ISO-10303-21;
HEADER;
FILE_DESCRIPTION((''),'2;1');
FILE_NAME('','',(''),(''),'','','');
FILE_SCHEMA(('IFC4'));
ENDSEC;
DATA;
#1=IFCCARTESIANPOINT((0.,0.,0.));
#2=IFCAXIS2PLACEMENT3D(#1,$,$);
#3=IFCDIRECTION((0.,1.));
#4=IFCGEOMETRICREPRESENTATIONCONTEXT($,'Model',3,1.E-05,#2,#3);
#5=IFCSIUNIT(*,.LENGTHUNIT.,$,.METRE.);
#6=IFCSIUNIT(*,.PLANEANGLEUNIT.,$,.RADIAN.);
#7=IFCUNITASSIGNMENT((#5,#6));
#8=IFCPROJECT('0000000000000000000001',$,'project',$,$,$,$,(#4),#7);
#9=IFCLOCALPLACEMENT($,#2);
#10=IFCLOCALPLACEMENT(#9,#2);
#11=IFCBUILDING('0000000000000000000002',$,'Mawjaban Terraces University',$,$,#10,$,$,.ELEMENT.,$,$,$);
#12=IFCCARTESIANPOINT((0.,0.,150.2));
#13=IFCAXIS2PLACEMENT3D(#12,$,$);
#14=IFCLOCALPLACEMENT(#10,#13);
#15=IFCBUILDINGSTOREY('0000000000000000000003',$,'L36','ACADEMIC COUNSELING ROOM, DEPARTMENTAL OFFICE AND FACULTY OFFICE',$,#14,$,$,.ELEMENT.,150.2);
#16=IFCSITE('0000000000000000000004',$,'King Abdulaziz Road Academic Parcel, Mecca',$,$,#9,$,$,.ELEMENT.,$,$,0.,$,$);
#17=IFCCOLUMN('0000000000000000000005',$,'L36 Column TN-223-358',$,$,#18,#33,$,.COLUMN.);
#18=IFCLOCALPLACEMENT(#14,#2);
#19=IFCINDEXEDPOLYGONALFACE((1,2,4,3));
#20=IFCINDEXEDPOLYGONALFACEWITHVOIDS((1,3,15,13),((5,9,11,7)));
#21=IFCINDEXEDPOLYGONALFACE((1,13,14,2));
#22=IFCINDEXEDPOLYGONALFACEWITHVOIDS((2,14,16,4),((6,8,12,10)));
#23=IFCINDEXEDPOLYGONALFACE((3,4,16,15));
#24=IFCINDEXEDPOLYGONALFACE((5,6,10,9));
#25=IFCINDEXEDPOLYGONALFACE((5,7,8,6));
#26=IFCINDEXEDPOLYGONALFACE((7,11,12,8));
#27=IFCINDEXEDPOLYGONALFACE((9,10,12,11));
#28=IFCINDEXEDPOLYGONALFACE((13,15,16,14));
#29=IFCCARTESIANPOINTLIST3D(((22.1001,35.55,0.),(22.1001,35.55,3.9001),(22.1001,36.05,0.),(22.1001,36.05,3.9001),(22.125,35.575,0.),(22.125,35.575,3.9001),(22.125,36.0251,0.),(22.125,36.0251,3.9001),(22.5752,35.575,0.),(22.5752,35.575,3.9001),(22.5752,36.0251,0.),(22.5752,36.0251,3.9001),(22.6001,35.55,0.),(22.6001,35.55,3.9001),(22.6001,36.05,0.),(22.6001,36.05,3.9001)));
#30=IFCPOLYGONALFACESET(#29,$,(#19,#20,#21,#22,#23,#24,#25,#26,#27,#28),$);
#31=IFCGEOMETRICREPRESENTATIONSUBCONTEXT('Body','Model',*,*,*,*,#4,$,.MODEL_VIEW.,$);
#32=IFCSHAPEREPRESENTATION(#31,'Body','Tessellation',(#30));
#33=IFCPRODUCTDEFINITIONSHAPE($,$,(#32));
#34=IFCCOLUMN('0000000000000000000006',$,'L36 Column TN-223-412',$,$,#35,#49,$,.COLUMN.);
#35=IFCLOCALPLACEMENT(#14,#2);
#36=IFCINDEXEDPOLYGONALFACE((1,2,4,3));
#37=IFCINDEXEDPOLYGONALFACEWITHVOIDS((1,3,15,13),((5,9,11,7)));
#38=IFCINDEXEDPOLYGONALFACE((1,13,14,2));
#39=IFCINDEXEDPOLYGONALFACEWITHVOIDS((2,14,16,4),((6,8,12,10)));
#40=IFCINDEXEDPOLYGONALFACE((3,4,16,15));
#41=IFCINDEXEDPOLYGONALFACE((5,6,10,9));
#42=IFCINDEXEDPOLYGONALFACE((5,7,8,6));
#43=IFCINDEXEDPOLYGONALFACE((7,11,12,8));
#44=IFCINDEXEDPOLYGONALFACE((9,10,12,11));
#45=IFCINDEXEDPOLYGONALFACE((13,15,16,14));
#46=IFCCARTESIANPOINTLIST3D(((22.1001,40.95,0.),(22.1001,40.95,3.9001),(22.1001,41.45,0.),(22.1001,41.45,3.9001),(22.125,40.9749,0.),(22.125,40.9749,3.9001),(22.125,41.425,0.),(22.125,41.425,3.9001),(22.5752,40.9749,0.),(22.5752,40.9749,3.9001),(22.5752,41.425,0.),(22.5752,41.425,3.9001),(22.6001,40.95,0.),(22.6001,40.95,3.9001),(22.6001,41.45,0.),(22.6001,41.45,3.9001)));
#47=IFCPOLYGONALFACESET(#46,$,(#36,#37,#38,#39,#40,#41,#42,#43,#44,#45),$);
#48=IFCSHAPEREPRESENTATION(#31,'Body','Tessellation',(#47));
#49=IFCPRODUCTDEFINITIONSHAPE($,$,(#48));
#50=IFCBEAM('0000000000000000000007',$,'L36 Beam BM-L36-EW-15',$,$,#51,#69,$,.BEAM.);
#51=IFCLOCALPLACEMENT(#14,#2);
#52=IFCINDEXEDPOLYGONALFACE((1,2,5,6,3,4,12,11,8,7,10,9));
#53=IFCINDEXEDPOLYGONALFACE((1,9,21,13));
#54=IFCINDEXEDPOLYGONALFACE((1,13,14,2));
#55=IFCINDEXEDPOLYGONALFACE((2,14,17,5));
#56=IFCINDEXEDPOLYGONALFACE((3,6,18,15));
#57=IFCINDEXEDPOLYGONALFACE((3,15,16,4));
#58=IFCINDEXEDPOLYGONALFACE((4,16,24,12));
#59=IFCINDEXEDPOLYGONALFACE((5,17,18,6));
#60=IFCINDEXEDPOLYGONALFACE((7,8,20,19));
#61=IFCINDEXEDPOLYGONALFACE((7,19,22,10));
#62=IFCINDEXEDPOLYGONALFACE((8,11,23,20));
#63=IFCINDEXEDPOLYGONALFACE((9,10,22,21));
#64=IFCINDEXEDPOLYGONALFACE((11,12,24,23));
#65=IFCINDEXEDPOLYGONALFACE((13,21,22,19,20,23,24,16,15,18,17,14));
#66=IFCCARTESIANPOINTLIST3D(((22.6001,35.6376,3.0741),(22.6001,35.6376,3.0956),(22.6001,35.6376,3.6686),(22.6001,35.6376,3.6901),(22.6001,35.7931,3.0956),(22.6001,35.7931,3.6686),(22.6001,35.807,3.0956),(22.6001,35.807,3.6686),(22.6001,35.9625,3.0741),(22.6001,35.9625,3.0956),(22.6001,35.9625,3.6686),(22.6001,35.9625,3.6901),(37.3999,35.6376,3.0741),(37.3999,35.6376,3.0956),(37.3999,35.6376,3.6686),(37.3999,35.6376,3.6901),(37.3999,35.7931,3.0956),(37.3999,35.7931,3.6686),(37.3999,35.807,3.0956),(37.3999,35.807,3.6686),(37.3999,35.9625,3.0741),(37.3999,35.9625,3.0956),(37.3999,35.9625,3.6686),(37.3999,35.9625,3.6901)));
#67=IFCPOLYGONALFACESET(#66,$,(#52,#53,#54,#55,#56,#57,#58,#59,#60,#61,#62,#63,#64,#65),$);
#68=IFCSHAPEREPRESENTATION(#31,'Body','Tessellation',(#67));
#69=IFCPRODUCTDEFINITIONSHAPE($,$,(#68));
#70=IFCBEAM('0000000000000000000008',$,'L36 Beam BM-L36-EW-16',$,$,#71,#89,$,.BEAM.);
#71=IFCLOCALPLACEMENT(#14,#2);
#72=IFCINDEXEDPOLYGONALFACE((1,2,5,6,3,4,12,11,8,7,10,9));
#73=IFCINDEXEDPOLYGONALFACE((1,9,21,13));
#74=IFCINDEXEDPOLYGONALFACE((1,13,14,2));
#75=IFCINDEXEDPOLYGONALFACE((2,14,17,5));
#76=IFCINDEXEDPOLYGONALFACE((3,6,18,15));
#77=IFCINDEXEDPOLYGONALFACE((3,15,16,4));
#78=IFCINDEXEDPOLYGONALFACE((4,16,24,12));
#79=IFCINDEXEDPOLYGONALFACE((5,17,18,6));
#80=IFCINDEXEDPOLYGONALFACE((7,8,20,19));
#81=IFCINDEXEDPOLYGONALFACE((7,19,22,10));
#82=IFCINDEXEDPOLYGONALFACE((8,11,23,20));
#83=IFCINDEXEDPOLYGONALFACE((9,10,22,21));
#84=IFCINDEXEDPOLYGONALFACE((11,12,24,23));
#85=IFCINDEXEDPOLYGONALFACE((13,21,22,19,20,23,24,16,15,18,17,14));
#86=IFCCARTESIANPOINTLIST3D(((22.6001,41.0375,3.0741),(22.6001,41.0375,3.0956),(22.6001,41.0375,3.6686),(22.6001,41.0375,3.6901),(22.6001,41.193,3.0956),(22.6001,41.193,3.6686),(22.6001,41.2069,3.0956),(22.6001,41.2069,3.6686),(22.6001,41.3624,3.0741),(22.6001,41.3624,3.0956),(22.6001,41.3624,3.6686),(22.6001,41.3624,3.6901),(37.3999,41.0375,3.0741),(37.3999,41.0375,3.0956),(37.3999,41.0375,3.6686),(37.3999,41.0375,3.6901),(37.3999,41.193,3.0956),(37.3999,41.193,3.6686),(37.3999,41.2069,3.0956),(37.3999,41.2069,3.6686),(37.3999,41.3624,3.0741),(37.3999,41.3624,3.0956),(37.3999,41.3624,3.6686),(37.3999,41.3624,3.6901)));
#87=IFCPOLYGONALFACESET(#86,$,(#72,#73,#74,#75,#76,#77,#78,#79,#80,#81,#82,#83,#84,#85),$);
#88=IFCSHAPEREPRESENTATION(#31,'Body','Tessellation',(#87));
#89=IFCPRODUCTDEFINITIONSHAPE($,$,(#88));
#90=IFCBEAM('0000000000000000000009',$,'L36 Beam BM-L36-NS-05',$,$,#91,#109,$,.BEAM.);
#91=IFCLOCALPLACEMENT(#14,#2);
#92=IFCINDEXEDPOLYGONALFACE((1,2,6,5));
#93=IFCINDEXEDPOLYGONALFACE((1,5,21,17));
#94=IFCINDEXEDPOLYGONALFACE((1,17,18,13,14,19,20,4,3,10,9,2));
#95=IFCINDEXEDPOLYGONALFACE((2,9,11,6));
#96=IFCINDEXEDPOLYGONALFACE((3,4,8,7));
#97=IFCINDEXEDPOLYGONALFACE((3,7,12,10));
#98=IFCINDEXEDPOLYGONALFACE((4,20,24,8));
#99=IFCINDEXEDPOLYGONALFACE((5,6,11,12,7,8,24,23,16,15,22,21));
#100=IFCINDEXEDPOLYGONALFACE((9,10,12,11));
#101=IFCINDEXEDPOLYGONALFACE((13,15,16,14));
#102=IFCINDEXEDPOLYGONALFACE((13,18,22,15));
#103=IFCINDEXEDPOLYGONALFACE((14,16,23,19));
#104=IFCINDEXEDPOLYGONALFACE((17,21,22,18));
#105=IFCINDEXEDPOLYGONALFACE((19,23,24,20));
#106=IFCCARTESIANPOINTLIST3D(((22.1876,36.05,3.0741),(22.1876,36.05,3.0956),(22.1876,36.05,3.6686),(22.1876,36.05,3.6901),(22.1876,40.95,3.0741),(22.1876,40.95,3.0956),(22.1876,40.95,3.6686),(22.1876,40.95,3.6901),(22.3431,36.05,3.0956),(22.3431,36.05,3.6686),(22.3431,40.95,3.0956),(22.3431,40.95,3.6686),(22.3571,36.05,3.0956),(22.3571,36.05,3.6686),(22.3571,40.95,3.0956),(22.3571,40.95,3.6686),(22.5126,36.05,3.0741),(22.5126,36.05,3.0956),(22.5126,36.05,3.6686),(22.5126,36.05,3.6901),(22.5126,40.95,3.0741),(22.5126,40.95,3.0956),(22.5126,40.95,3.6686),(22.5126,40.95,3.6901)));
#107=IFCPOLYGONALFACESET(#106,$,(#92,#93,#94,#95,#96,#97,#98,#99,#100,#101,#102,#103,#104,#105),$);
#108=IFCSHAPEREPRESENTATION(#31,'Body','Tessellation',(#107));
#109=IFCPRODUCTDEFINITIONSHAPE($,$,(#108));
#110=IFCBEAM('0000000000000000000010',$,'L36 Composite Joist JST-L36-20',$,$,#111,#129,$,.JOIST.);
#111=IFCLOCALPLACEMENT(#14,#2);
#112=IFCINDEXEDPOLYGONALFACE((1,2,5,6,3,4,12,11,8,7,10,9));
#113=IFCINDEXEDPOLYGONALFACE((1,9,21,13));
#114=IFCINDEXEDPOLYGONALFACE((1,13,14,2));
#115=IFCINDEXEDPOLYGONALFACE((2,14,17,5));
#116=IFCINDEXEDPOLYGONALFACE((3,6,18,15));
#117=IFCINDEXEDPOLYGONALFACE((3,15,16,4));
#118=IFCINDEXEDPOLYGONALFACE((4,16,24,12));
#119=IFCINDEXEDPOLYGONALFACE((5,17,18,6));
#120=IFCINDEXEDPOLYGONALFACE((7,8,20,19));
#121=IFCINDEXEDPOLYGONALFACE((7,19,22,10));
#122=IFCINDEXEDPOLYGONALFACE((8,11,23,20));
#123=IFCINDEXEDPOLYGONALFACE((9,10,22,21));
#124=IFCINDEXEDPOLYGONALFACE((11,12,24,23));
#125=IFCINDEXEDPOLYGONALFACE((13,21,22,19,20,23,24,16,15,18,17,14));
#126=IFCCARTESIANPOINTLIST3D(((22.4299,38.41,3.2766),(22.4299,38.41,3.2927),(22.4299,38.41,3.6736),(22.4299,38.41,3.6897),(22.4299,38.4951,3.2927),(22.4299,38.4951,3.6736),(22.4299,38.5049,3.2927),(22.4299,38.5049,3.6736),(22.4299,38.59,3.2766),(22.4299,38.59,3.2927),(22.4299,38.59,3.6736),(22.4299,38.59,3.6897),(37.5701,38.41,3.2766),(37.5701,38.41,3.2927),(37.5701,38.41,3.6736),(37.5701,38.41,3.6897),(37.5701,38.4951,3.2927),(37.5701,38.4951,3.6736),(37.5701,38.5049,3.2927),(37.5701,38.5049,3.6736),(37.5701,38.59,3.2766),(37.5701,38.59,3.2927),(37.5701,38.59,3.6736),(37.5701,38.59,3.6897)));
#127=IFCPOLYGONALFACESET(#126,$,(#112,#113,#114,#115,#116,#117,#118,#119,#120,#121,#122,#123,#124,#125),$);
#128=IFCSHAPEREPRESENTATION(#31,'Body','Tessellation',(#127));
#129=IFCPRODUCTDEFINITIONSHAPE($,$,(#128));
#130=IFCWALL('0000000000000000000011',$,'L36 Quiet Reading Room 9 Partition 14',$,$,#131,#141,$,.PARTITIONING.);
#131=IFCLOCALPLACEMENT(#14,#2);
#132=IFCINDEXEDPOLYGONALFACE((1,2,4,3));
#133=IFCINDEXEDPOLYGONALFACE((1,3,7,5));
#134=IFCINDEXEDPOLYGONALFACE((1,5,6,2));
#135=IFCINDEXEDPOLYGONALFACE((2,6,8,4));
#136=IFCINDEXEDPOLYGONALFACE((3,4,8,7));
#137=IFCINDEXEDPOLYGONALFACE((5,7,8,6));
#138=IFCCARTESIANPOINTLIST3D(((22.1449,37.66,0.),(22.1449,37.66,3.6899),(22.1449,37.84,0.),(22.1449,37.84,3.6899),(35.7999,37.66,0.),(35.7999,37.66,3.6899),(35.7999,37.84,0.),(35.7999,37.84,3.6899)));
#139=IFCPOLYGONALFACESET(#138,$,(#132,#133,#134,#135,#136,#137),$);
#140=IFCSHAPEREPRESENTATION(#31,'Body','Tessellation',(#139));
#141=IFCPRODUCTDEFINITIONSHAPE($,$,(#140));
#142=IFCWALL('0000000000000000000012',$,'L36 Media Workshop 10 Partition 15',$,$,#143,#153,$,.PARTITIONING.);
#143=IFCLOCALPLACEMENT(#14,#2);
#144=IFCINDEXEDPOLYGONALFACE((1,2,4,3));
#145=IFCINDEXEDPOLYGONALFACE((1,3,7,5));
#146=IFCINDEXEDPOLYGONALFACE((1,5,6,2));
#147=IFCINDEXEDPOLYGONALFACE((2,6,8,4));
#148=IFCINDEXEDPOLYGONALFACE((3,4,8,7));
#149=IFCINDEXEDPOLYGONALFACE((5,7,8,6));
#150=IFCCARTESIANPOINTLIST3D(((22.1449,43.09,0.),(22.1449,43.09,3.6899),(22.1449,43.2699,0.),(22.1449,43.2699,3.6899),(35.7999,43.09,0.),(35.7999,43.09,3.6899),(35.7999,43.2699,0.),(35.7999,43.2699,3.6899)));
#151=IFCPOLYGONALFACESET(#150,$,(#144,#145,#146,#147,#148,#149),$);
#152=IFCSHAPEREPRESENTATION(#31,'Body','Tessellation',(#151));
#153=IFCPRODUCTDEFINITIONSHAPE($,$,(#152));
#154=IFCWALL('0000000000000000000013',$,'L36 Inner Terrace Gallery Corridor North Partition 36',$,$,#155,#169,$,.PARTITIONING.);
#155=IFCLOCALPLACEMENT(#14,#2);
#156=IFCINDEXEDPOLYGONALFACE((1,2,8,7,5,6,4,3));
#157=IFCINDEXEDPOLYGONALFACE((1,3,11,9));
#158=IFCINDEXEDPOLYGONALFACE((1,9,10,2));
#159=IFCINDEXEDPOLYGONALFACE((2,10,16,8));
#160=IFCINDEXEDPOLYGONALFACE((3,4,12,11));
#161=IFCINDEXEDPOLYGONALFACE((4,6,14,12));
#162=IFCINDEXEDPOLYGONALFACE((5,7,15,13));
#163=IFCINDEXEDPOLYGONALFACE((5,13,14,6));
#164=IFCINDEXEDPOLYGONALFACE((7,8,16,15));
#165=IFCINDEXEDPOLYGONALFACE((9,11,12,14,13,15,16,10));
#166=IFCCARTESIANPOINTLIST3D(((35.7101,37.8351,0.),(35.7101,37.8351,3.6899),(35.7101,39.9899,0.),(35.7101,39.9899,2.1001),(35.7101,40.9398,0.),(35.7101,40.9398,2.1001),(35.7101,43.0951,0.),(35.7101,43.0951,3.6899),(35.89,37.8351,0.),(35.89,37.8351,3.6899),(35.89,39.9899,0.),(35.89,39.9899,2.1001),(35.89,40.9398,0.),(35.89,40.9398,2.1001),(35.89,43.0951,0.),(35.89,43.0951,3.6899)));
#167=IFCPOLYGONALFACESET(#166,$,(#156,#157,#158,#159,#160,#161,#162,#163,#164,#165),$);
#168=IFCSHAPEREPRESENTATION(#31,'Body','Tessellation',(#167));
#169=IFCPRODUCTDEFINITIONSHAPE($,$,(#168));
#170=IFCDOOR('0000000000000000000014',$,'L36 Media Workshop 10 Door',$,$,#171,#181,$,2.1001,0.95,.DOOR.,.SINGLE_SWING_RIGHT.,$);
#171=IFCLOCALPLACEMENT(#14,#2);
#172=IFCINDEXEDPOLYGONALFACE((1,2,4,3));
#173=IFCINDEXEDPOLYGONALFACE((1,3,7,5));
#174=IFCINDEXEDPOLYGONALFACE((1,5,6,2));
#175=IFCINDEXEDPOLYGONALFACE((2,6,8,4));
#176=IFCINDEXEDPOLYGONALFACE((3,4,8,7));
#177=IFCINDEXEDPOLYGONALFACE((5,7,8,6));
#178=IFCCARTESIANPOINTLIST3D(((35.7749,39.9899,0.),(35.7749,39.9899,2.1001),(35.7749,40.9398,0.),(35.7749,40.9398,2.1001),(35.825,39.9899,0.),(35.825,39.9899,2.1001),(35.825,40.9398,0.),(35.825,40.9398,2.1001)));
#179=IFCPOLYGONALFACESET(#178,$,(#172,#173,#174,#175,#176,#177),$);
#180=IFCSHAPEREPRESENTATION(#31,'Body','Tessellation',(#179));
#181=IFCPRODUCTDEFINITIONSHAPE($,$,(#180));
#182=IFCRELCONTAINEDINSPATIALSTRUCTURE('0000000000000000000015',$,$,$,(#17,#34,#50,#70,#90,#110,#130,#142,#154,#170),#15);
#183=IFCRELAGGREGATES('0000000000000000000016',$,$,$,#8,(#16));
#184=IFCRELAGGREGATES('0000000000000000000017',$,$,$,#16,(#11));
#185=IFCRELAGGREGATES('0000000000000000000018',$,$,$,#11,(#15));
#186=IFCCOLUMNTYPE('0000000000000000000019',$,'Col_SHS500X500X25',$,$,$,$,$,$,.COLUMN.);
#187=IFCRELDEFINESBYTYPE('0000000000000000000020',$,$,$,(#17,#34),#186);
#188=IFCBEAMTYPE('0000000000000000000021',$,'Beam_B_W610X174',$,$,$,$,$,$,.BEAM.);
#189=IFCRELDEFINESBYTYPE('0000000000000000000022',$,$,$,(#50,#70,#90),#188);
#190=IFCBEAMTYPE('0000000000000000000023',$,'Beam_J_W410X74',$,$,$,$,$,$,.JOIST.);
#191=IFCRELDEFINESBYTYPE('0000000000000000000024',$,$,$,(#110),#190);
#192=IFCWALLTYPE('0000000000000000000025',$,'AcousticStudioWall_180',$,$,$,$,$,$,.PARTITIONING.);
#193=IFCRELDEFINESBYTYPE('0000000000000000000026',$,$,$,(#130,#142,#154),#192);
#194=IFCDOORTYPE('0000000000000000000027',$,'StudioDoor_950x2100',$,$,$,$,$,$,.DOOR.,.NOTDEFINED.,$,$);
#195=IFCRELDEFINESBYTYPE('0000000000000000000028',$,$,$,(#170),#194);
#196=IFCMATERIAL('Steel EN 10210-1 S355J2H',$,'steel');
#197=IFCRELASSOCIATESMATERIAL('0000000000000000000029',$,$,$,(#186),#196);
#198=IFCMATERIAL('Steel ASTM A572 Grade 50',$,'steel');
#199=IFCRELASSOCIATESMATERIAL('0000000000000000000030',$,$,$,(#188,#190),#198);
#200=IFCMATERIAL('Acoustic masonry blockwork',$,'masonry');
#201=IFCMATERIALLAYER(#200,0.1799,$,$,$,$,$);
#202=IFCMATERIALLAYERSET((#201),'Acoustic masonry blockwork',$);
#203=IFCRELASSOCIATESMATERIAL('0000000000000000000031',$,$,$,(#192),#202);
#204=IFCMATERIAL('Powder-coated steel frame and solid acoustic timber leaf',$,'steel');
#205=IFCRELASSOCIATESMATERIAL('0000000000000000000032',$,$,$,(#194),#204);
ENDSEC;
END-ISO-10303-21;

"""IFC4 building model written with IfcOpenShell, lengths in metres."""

from ifc_helpers import new_model, si_unit, direction, frame, frame_2d, origin, origin_2d, place, context, subcontext, project, spatial, rectangle, hollow_rectangle, i_section, extrude, material, layer, layer_set, material_profile, profile_set, type_object, element, fill, save


model = new_model("IFC4")

# Units and contexts
model_context = context("Model", 3, precision=1e-05, world=origin(), true_north=direction((0.0, 1.0)))
body_context = subcontext(model_context, "Body", "Model", "MODEL_VIEW")
ifc_project = project(units=[si_unit("LENGTHUNIT", "METRE"), si_unit("PLANEANGLEUNIT", "RADIAN")], contexts=[model_context])

# Site, building, storey
site_placement = place(None, origin())
site = spatial("IfcSite", under=ifc_project, at=site_placement, Name="King Abdulaziz Road Academic Parcel, Mecca", CompositionType="ELEMENT", RefElevation=0.0)
building_placement = place(site_placement, origin())
building = spatial("IfcBuilding", under=site, at=building_placement, Name="Mawjaban Terraces University", CompositionType="ELEMENT")
storey_placement = place(building_placement, frame((0.0, 0.0, 150.2)))
storey = spatial("IfcBuildingStorey", under=building, at=storey_placement, Name="L36", Description="ACADEMIC COUNSELING ROOM, DEPARTMENTAL OFFICE AND FACULTY OFFICE", CompositionType="ELEMENT", Elevation=150.2)

# Columns
ifc_material_1 = material(Name="Steel EN 10210-1 S355J2H", Category="steel")
ifc_material_profile_1 = material_profile(ifc_material_1, hollow_rectangle(XDim=0.5, YDim=0.5, WallThickness=0.0249, at=origin_2d()), Name="SHS500X500X25")
ifc_profile_set_1 = profile_set([ifc_material_profile_1], Name="Steel EN 10210-1 S355J2H")
column_type = type_object("IfcColumnType", Name="Col_SHS500X500X25", PredefinedType="COLUMN", material=ifc_profile_set_1)
for number, where, z_axis, x_axis, name in (
    (1, (22.3501, 35.8, 0.0), (0.0, 0.0, 1.0), (1.0, 0.0, 0.0), "L36 Column TN-223-358"),
    (2, (22.3501, 41.2, 0.0), (0.0, 0.0, 1.0), (1.0, 0.0, 0.0), "L36 Column TN-223-412"),
):
    element("IfcColumn", number, at=place(storey_placement, frame(where, z_axis=z_axis, x_axis=x_axis)), inside=storey, type_object=column_type, Name=name, PredefinedType="COLUMN", context=body_context, shape_type="SweptSolid", body=[
        extrude(hollow_rectangle(XDim=0.5, YDim=0.5, WallThickness=0.0249, at=origin_2d()), origin(), (0.0, 0.0, 1.0), 3.9001),
    ])

# Beams
ifc_material_2 = material(Name="Steel ASTM A572 Grade 50", Category="steel")
ifc_material_profile_2 = material_profile(ifc_material_2, i_section(OverallWidth=0.325, OverallDepth=0.616, WebThickness=0.0139, FlangeThickness=0.0215, at=origin_2d()), Name="W610X174")
ifc_profile_set_2 = profile_set([ifc_material_profile_2], Name="Steel ASTM A572 Grade 50")
beam_type_1 = type_object("IfcBeamType", Name="Beam_B_W610X174", PredefinedType="BEAM", material=ifc_profile_set_2)
for number, where, z_axis, x_axis, name in (
    (3, (22.6001, 35.8, 3.3821), (1.0, 0.0, 0.0), (0.0, 1.0, 0.0), "L36 Beam BM-L36-EW-15"),
    (4, (22.6001, 41.2, 3.3821), (1.0, 0.0, 0.0), (0.0, 1.0, 0.0), "L36 Beam BM-L36-EW-16"),
):
    element("IfcBeam", number, at=place(storey_placement, frame(where, z_axis=z_axis, x_axis=x_axis)), inside=storey, type_object=beam_type_1, Name=name, PredefinedType="BEAM", context=body_context, shape_type="SweptSolid", body=[
        extrude(i_section(OverallWidth=0.325, OverallDepth=0.616, WebThickness=0.0139, FlangeThickness=0.0215, at=origin_2d()), origin(), (0.0, 0.0, 1.0), 14.7998),
    ])
beam_1_placement = place(storey_placement, frame((22.3501, 36.05, 3.3821), z_axis=(0.0, 1.0, 0.0), x_axis=(-1.0, 0.0, 0.0)))
element("IfcBeam", 5, at=beam_1_placement, inside=storey, type_object=beam_type_1, Name="L36 Beam BM-L36-NS-05", PredefinedType="BEAM", context=body_context, shape_type="SweptSolid", body=[
    extrude(i_section(OverallWidth=0.325, OverallDepth=0.616, WebThickness=0.0139, FlangeThickness=0.0215, at=origin_2d()), origin(), (0.0, 0.0, 1.0), 4.8999),
])
ifc_material_profile_3 = material_profile(ifc_material_2, i_section(OverallWidth=0.1799, OverallDepth=0.4131, WebThickness=0.0098, FlangeThickness=0.0161, at=origin_2d()), Name="W410X74")
ifc_profile_set_3 = profile_set([ifc_material_profile_3], Name="Steel ASTM A572 Grade 50")
beam_type_2 = type_object("IfcBeamType", Name="Beam_J_W410X74", PredefinedType="JOIST", material=ifc_profile_set_3)
beam_2_placement = place(storey_placement, frame((22.4299, 38.5, 3.4832), z_axis=(1.0, 0.0, 0.0), x_axis=(0.0, 1.0, 0.0)))
element("IfcBeam", 6, at=beam_2_placement, inside=storey, type_object=beam_type_2, Name="L36 Composite Joist JST-L36-20", PredefinedType="JOIST", context=body_context, shape_type="SweptSolid", body=[
    extrude(i_section(OverallWidth=0.1799, OverallDepth=0.4131, WebThickness=0.0098, FlangeThickness=0.0161, at=origin_2d()), origin(), (0.0, 0.0, 1.0), 15.1401),
])

# Walls
ifc_material_3 = material(Name="Acoustic masonry blockwork", Category="masonry")
ifc_layer_1 = layer(ifc_material_3, 0.1799)
ifc_layer_set_1 = layer_set([ifc_layer_1], Name="Acoustic masonry blockwork")
wall_type_1 = type_object("IfcWallType", Name="AcousticStudioWall_180", PredefinedType="PARTITIONING", material=ifc_layer_set_1)
for number, where, z_axis, x_axis, name in (
    (7, (35.8, 37.75, 0.0), (0.0, 0.0, 1.0), (-1.0, 0.0, 0.0), "L36 Quiet Reading Room 9 Partition 14"),
    (8, (35.8, 43.1799, 0.0), (0.0, 0.0, 1.0), (-1.0, 0.0, 0.0), "L36 Media Workshop 10 Partition 15"),
):
    element("IfcWall", number, at=place(storey_placement, frame(where, z_axis=z_axis, x_axis=x_axis)), inside=storey, type_object=wall_type_1, Name=name, PredefinedType="PARTITIONING", context=body_context, shape_type="SweptSolid", body=[
        extrude(rectangle(XDim=13.655, YDim=0.1799, at=frame_2d((6.8276, 0.0))), origin(), (0.0, 0.0, 1.0), 3.6899),
    ])

# Wall, opening, door
wall_1_placement = place(storey_placement, frame((35.8, 43.095, 0.0), z_axis=(0.0, 0.0, 1.0), x_axis=(0.0, -1.0, 0.0)))
wall_1 = element("IfcWall", 9, at=wall_1_placement, inside=storey, type_object=wall_type_1, Name="L36 Inner Terrace Gallery Corridor North Partition 36", PredefinedType="PARTITIONING", context=body_context, shape_type="SweptSolid", body=[
    extrude(rectangle(XDim=5.26, YDim=0.1799, at=frame_2d((2.6299, 0.0))), origin(), (0.0, 0.0, 1.0), 3.6899),
])
opening_1_placement = place(wall_1_placement, frame((2.155, 0.0, 0.0)))
opening_1 = element("IfcOpeningElement", 10, at=opening_1_placement, cuts=wall_1, PredefinedType="OPENING", context=body_context, shape_type="SweptSolid", body=[
    extrude(rectangle(XDim=0.95, YDim=2.1001, at=frame_2d((0.4751, 1.05))), frame((0.0, 0.0999, 0.0), z_axis=(0.0, -1.0, 0.0), x_axis=(1.0, 0.0, 0.0)), (0.0, 0.0, 1.0), 0.2),
])
ifc_material_4 = material(Name="Powder-coated steel frame and solid acoustic timber leaf", Category="steel")
door_type_1 = type_object("IfcDoorType", Name="StudioDoor_950x2100", OperationType="NOTDEFINED", PredefinedType="DOOR", material=ifc_material_4)
door_1_placement = place(opening_1_placement, origin())
door_1 = element("IfcDoor", 11, at=door_1_placement, inside=storey, type_object=door_type_1, Name="L36 Media Workshop 10 Door", OperationType="SINGLE_SWING_RIGHT", OverallHeight=2.1001, OverallWidth=0.95, PredefinedType="DOOR", context=body_context, shape_type="SweptSolid", body=[
    extrude(rectangle(XDim=0.95, YDim=2.1001, at=frame_2d((0.4751, 1.05))), frame((0.0, 0.0249, 0.0), z_axis=(0.0, -1.0, 0.0), x_axis=(1.0, 0.0, 0.0)), (0.0, 0.0, 1.0), 0.05),
])
fill(opening_1, door_1)

save(model, "model.ifc")
